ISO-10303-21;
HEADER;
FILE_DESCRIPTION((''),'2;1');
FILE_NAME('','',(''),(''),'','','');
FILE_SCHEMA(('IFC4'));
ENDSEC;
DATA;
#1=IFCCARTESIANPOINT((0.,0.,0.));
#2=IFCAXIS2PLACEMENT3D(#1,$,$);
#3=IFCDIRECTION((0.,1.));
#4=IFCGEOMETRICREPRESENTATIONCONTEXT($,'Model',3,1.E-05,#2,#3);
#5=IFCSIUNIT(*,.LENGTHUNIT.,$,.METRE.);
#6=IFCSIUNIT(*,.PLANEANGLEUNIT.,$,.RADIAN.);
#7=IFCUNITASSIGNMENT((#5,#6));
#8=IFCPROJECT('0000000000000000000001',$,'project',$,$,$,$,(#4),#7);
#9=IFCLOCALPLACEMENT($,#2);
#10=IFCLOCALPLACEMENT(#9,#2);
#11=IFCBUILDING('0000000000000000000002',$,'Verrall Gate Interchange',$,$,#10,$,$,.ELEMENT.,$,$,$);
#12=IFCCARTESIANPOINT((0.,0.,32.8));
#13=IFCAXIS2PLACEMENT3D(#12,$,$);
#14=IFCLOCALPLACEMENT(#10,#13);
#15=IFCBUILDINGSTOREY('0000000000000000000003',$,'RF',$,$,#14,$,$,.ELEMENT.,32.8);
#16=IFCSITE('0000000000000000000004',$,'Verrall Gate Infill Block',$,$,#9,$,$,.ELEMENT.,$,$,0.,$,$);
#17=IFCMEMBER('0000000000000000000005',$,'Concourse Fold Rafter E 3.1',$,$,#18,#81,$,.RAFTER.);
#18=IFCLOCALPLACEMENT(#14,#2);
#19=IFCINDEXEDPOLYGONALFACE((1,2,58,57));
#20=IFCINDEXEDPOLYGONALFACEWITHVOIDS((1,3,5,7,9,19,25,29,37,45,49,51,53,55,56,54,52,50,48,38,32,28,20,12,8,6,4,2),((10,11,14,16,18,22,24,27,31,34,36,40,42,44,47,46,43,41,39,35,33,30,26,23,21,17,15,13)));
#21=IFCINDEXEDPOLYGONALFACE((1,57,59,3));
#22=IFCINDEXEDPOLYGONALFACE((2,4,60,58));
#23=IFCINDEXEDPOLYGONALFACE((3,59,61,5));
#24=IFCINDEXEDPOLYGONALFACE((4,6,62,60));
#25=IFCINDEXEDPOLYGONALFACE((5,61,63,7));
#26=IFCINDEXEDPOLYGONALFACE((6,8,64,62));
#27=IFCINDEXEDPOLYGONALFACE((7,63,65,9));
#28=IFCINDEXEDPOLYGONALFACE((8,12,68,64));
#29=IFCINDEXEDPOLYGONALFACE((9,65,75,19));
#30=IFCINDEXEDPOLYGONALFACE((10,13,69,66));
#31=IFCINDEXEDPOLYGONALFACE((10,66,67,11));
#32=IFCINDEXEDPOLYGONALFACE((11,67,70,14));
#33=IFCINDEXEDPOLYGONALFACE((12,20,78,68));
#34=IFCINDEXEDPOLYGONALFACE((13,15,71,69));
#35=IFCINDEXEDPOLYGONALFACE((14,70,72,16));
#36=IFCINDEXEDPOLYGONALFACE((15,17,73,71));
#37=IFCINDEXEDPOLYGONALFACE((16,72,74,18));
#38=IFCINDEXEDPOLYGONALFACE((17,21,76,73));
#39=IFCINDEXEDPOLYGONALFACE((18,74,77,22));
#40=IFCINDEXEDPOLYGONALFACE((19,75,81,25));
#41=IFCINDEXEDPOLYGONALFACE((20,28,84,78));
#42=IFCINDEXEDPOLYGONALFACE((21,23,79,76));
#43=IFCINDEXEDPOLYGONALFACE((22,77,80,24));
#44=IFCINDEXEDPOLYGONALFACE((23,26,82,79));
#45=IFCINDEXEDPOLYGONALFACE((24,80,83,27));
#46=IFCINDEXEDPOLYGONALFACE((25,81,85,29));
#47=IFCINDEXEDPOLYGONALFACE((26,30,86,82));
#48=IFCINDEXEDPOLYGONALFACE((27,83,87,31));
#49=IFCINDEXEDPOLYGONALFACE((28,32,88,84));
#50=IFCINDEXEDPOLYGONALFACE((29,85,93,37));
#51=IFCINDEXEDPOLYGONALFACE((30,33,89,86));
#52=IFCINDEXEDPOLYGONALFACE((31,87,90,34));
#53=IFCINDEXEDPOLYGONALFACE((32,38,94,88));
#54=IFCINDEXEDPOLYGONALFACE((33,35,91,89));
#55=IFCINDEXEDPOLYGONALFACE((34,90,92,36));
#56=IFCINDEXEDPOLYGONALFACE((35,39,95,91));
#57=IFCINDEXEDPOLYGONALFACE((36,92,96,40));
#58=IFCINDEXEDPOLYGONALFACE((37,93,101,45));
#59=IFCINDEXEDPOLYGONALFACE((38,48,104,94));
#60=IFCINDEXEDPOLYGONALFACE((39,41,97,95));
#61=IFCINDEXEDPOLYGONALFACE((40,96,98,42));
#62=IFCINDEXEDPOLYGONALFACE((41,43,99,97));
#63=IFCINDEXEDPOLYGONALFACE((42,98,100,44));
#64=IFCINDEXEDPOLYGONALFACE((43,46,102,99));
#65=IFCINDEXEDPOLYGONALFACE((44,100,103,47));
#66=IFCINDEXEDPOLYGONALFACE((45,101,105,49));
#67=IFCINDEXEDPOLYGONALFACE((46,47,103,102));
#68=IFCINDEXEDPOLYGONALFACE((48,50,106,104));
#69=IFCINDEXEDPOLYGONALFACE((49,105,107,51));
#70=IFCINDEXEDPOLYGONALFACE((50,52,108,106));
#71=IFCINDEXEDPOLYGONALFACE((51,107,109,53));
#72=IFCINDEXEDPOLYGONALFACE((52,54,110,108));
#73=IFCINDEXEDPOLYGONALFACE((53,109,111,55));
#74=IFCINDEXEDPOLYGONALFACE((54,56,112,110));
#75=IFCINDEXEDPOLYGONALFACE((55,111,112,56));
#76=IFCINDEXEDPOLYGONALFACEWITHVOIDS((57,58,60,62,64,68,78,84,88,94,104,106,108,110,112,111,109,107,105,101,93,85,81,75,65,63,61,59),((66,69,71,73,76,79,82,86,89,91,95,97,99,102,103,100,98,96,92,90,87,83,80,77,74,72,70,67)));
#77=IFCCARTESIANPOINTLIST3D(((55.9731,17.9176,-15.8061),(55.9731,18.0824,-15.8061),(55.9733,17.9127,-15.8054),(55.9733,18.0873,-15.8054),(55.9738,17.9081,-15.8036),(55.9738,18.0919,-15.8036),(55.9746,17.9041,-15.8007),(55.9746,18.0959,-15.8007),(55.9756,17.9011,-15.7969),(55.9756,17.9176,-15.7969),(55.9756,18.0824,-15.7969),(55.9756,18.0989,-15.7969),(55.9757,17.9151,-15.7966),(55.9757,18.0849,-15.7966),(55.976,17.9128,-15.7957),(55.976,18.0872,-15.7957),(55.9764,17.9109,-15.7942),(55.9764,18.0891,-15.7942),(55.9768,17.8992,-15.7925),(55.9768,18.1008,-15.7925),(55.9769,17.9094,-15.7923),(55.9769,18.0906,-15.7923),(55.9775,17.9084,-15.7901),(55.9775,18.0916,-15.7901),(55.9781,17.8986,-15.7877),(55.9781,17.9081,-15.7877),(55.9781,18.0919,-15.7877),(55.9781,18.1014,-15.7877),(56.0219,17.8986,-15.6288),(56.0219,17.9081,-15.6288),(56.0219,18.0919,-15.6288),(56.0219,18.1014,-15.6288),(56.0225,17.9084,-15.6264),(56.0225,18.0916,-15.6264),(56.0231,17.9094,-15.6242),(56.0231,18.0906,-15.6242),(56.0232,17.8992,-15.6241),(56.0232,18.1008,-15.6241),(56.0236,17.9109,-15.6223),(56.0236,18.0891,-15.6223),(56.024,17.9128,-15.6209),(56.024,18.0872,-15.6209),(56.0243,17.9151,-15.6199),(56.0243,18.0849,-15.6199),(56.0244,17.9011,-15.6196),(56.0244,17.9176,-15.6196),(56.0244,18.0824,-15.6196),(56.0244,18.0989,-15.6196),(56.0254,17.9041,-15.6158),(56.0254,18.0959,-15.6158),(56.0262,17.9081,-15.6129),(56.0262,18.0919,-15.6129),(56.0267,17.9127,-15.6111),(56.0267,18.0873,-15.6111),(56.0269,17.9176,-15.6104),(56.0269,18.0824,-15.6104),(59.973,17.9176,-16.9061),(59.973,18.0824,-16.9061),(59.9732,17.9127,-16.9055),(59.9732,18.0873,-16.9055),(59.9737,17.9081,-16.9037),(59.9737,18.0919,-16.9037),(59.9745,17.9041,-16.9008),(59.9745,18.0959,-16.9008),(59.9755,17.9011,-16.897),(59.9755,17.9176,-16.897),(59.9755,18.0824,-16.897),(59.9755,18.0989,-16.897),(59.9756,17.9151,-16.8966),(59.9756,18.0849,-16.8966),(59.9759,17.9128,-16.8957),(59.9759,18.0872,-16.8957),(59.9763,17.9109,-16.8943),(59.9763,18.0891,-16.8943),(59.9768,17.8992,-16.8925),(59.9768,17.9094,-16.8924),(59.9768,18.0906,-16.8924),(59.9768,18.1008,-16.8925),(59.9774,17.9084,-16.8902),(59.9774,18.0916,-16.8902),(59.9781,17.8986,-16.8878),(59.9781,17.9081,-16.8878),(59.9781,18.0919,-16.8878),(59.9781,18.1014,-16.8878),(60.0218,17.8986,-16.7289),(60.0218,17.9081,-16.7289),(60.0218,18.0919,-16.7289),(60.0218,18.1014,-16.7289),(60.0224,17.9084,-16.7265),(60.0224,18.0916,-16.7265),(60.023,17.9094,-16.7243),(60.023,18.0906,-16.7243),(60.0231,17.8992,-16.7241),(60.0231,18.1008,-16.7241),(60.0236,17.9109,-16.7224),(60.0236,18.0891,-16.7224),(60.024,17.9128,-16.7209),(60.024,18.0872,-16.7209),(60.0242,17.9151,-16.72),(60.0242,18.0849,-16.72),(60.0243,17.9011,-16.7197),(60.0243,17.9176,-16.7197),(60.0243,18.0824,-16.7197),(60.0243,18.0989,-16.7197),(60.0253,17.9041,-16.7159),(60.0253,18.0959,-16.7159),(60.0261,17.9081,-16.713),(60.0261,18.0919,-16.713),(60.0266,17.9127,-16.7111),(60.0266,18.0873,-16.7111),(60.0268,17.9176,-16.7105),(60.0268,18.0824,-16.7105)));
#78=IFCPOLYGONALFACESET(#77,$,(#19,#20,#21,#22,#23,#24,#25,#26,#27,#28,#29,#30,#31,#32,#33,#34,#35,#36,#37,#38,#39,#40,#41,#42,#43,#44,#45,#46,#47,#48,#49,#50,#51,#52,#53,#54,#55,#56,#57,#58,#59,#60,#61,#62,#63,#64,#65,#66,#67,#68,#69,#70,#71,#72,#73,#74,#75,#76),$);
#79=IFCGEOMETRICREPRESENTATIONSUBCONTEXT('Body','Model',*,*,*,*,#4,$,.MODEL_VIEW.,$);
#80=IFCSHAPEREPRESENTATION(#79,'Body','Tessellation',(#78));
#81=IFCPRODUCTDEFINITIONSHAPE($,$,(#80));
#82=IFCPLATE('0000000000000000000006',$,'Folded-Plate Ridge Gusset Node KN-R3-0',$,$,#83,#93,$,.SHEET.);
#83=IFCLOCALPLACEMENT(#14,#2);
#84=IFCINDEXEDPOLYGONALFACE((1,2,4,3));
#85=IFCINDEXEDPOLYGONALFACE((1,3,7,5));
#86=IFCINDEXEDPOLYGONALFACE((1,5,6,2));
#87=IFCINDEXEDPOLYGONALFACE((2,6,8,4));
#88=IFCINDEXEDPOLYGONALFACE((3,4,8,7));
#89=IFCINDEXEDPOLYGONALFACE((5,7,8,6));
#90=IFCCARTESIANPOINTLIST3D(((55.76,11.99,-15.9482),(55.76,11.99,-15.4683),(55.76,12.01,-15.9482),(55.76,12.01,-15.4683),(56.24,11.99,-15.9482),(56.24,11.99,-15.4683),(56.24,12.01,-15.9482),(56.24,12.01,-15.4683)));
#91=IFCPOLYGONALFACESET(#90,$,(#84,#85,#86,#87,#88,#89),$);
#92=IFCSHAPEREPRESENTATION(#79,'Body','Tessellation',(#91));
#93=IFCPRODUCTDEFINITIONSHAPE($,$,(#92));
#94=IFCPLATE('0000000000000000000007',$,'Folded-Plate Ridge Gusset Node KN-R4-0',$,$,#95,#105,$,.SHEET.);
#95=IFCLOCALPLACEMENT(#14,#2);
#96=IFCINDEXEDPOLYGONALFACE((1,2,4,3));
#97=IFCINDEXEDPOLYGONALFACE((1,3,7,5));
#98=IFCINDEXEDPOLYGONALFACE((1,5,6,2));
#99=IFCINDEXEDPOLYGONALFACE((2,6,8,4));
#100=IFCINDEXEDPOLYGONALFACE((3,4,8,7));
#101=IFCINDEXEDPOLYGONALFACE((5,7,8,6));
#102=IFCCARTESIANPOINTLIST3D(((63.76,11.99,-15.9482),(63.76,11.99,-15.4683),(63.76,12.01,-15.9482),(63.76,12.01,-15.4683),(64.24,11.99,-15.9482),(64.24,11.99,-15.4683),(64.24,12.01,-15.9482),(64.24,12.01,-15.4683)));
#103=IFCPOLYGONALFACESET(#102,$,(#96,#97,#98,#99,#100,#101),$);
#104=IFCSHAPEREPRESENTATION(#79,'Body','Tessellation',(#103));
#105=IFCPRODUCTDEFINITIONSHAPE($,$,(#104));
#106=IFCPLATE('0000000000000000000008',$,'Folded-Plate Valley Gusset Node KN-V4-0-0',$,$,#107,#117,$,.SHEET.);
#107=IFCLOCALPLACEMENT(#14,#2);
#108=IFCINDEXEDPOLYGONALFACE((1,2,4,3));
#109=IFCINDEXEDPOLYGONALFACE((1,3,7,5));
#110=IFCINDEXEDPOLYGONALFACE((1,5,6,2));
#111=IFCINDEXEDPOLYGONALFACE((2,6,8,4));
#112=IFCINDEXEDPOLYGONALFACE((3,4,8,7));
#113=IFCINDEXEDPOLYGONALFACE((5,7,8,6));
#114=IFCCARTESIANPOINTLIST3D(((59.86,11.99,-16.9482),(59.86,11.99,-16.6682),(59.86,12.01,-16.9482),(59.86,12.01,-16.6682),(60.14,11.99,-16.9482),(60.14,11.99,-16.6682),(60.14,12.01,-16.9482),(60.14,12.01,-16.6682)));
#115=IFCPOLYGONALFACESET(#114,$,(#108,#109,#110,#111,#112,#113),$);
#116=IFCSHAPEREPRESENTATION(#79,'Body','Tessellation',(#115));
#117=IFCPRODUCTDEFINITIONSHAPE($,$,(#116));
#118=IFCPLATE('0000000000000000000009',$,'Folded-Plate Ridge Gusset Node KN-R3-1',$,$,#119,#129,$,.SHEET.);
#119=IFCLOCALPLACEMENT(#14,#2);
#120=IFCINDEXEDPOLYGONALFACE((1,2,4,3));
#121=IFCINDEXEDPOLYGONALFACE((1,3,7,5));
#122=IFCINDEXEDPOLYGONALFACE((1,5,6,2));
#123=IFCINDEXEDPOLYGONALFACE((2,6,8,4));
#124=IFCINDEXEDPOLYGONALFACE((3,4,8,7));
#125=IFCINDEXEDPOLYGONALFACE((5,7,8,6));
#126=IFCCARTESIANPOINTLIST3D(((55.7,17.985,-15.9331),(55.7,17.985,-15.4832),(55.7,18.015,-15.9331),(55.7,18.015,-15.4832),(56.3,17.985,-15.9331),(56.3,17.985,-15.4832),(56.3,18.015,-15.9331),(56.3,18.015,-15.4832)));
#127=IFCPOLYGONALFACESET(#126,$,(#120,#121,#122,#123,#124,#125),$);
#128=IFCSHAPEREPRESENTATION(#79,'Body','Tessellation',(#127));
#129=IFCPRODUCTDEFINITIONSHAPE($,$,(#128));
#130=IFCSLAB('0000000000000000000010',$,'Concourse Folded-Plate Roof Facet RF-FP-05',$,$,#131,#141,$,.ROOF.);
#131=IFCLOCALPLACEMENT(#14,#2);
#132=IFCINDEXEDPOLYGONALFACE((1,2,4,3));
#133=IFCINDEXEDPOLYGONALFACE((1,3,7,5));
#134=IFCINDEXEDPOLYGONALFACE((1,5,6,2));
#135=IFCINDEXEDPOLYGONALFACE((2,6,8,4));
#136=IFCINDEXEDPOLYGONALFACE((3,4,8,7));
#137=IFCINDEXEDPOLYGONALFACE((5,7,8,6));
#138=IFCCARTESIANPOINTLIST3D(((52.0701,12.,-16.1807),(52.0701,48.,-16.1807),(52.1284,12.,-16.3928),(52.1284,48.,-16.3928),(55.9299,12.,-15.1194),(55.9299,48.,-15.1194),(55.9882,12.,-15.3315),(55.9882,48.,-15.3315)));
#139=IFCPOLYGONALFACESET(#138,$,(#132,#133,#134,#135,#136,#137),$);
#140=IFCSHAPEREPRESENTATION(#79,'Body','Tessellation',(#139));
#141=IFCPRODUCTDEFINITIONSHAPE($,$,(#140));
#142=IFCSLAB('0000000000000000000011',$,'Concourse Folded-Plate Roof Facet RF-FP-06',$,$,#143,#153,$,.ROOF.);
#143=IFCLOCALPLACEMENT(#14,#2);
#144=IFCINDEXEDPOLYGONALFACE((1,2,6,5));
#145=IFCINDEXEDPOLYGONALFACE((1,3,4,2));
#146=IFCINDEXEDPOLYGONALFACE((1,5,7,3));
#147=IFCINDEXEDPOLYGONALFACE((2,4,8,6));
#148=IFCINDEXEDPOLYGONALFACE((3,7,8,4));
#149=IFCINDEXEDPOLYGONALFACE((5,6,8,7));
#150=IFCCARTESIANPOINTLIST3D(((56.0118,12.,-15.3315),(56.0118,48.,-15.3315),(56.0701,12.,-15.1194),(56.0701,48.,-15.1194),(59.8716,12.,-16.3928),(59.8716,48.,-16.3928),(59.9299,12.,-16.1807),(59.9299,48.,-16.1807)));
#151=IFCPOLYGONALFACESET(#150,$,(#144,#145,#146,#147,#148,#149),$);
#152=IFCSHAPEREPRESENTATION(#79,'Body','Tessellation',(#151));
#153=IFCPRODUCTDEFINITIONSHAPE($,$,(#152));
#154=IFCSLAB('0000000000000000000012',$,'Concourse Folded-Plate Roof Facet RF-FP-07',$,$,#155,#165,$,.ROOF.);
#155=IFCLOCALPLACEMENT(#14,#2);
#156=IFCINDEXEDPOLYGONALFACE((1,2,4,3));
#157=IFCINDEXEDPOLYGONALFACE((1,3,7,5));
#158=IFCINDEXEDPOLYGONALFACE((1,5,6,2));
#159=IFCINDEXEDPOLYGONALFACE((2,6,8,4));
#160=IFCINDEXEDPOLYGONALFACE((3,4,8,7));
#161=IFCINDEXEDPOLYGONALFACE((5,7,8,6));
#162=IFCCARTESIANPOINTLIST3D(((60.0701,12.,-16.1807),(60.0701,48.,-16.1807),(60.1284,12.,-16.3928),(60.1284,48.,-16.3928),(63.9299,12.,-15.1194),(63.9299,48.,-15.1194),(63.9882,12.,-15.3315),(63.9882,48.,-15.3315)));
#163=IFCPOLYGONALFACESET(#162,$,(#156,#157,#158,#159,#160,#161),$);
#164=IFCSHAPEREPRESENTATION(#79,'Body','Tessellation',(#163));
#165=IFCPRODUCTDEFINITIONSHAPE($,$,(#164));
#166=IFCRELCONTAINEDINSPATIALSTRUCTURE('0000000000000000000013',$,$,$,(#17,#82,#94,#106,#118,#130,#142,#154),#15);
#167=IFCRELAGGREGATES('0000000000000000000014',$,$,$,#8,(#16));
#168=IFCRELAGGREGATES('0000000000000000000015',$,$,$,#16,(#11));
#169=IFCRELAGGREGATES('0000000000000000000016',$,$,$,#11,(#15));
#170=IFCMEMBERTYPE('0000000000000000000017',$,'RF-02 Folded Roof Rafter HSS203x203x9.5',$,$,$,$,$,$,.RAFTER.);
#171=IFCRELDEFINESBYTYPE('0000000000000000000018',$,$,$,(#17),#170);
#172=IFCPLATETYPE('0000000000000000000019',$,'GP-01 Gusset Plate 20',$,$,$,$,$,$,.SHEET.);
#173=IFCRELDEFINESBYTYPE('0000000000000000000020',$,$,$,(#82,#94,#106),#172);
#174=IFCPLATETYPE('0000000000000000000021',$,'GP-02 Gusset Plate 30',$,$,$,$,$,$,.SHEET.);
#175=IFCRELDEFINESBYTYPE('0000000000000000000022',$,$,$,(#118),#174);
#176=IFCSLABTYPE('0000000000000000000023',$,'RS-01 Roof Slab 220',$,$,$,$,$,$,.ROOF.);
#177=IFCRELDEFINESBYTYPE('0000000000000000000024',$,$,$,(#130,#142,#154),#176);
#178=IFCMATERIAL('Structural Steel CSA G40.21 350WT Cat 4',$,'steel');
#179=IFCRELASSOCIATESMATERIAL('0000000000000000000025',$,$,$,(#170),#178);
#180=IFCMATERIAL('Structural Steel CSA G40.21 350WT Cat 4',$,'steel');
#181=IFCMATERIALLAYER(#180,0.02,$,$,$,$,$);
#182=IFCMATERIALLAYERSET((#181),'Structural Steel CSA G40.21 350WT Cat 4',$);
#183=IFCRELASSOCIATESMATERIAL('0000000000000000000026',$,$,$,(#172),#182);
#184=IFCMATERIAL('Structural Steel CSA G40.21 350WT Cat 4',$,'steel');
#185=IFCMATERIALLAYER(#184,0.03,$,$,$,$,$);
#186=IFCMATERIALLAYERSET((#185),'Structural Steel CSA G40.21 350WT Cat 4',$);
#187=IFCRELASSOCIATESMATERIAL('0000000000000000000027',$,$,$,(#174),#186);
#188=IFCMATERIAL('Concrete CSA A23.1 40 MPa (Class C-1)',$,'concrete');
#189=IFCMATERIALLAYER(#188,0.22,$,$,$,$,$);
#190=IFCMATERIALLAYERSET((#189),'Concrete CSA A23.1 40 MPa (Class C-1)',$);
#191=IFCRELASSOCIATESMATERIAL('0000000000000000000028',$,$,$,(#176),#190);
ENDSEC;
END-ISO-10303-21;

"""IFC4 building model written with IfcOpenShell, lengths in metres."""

from ifc_helpers import new_model, si_unit, direction, frame, origin, origin_2d, place, context, subcontext, project, spatial, polyline, rectangle, hollow_rectangle, outline, extrude, material, layer, layer_set, material_profile, profile_set, type_object, element, save


model = new_model("IFC4")

# Units and contexts
model_context = context("Model", 3, precision=1e-05, world=origin(), true_north=direction((0.0, 1.0)))
body_context = subcontext(model_context, "Body", "Model", "MODEL_VIEW")
ifc_project = project(units=[si_unit("LENGTHUNIT", "METRE"), si_unit("PLANEANGLEUNIT", "RADIAN")], contexts=[model_context])

# Site, building, storey
site_placement = place(None, origin())
site = spatial("IfcSite", under=ifc_project, at=site_placement, Name="Verrall Gate Infill Block", CompositionType="ELEMENT", RefElevation=0.0)
building_placement = place(site_placement, origin())
building = spatial("IfcBuilding", under=site, at=building_placement, Name="Verrall Gate Interchange", CompositionType="ELEMENT")
storey_placement = place(building_placement, frame((0.0, 0.0, 32.8)))
storey = spatial("IfcBuildingStorey", under=building, at=storey_placement, Name="RF", CompositionType="ELEMENT", Elevation=32.8)

# Member
ifc_material_1 = material(Name="Structural Steel CSA G40.21 350WT Cat 4", Category="steel")
ifc_material_profile_1 = material_profile(ifc_material_1, hollow_rectangle(XDim=0.2029, YDim=0.2029, WallThickness=0.0095, InnerFilletRadius=0.0095, OuterFilletRadius=0.019, at=origin_2d()), Name="HSS203x203x9.5")
ifc_profile_set_1 = profile_set([ifc_material_profile_1], Name="Structural Steel CSA G40.21 350WT Cat 4")
member_type_1 = type_object("IfcMemberType", Name="RF-02 Folded Roof Rafter HSS203x203x9.5", PredefinedType="RAFTER", material=ifc_profile_set_1)
member_1_placement = place(storey_placement, frame((56.0, 18.0, -15.7083), z_axis=(0.964199, 0.0, -0.265178), x_axis=(0.0, 1.0, 0.0)))
element("IfcMember", 1, at=member_1_placement, inside=storey, type_object=member_type_1, Name="Concourse Fold Rafter E 3.1", PredefinedType="RAFTER", context=body_context, shape_type="SweptSolid", body=[
    extrude(hollow_rectangle(XDim=0.2029, YDim=0.2029, WallThickness=0.0095, InnerFilletRadius=0.0095, OuterFilletRadius=0.019, at=origin_2d()), origin(), (0.0, 0.0, 1.0), 4.1484),
])

# Plates
ifc_material_2 = material(Name="Structural Steel CSA G40.21 350WT Cat 4", Category="steel")
ifc_layer_1 = layer(ifc_material_2, 0.02)
ifc_layer_set_1 = layer_set([ifc_layer_1], Name="Structural Steel CSA G40.21 350WT Cat 4")
plate_type_1 = type_object("IfcPlateType", Name="GP-01 Gusset Plate 20", PredefinedType="SHEET", material=ifc_layer_set_1)
for number, where, z_axis, x_axis, name in (
    (2, (56.0, 12.0, -15.9482), (0.0, 0.0, 1.0), (1.0, 0.0, 0.0), "Folded-Plate Ridge Gusset Node KN-R3-0"),
    (3, (64.0, 12.0, -15.9482), (0.0, 0.0, 1.0), (1.0, 0.0, 0.0), "Folded-Plate Ridge Gusset Node KN-R4-0"),
):
    element("IfcPlate", number, at=place(storey_placement, frame(where, z_axis=z_axis, x_axis=x_axis)), inside=storey, type_object=plate_type_1, Name=name, PredefinedType="SHEET", context=body_context, shape_type="SweptSolid", body=[
        extrude(rectangle(XDim=0.48, YDim=0.02, at=origin_2d()), origin(), (0.0, 0.0, 1.0), 0.48),
    ])
plate_1_placement = place(storey_placement, frame((60.0, 12.0, -16.9482), z_axis=(0.0, 0.0, 1.0), x_axis=(1.0, 0.0, 0.0)))
element("IfcPlate", 4, at=plate_1_placement, inside=storey, type_object=plate_type_1, Name="Folded-Plate Valley Gusset Node KN-V4-0-0", PredefinedType="SHEET", context=body_context, shape_type="SweptSolid", body=[
    extrude(rectangle(XDim=0.28, YDim=0.02, at=origin_2d()), origin(), (0.0, 0.0, 1.0), 0.28),
])
ifc_material_3 = material(Name="Structural Steel CSA G40.21 350WT Cat 4", Category="steel")
ifc_layer_2 = layer(ifc_material_3, 0.03)
ifc_layer_set_2 = layer_set([ifc_layer_2], Name="Structural Steel CSA G40.21 350WT Cat 4")
plate_type_2 = type_object("IfcPlateType", Name="GP-02 Gusset Plate 30", PredefinedType="SHEET", material=ifc_layer_set_2)
plate_2_placement = place(storey_placement, frame((56.0, 18.0, -15.9331), z_axis=(0.0, 0.0, 1.0), x_axis=(1.0, 0.0, 0.0)))
element("IfcPlate", 5, at=plate_2_placement, inside=storey, type_object=plate_type_2, Name="Folded-Plate Ridge Gusset Node KN-R3-1", PredefinedType="SHEET", context=body_context, shape_type="SweptSolid", body=[
    extrude(rectangle(XDim=0.6001, YDim=0.03, at=origin_2d()), origin(), (0.0, 0.0, 1.0), 0.45),
])

# Slabs
ifc_material_4 = material(Name="Concrete CSA A23.1 40 MPa (Class C-1)", Category="concrete")
ifc_layer_3 = layer(ifc_material_4, 0.22)
ifc_layer_set_3 = layer_set([ifc_layer_3], Name="Concrete CSA A23.1 40 MPa (Class C-1)")
slab_type = type_object("IfcSlabType", Name="RS-01 Roof Slab 220", PredefinedType="ROOF", material=ifc_layer_set_3)
for number, where, z_axis, x_axis, name in (
    (6, (52.0701, 12.0, -16.1807), (-0.265114, 0.0, 0.964217), (0.964217, 0.0, 0.265114), "Concourse Folded-Plate Roof Facet RF-FP-05"),
    (7, (56.0701, 12.0, -15.1194), (0.265114, 0.0, 0.964217), (0.964217, 0.0, -0.265114), "Concourse Folded-Plate Roof Facet RF-FP-06"),
    (8, (60.0701, 12.0, -16.1807), (-0.265114, 0.0, 0.964217), (0.964217, 0.0, 0.265114), "Concourse Folded-Plate Roof Facet RF-FP-07"),
):
    element("IfcSlab", number, at=place(storey_placement, frame(where, z_axis=z_axis, x_axis=x_axis)), inside=storey, type_object=slab_type, Name=name, PredefinedType="ROOF", context=body_context, shape_type="SweptSolid", body=[
        extrude(outline(polyline([(0.0, 0.0), (4.0031, 0.0), (4.0031, 36.0), (0.0, 36.0), (0.0, 0.0)])), origin(), (0.0, 0.0, -1.0), 0.22),
    ])

save(model, "model.ifc")
